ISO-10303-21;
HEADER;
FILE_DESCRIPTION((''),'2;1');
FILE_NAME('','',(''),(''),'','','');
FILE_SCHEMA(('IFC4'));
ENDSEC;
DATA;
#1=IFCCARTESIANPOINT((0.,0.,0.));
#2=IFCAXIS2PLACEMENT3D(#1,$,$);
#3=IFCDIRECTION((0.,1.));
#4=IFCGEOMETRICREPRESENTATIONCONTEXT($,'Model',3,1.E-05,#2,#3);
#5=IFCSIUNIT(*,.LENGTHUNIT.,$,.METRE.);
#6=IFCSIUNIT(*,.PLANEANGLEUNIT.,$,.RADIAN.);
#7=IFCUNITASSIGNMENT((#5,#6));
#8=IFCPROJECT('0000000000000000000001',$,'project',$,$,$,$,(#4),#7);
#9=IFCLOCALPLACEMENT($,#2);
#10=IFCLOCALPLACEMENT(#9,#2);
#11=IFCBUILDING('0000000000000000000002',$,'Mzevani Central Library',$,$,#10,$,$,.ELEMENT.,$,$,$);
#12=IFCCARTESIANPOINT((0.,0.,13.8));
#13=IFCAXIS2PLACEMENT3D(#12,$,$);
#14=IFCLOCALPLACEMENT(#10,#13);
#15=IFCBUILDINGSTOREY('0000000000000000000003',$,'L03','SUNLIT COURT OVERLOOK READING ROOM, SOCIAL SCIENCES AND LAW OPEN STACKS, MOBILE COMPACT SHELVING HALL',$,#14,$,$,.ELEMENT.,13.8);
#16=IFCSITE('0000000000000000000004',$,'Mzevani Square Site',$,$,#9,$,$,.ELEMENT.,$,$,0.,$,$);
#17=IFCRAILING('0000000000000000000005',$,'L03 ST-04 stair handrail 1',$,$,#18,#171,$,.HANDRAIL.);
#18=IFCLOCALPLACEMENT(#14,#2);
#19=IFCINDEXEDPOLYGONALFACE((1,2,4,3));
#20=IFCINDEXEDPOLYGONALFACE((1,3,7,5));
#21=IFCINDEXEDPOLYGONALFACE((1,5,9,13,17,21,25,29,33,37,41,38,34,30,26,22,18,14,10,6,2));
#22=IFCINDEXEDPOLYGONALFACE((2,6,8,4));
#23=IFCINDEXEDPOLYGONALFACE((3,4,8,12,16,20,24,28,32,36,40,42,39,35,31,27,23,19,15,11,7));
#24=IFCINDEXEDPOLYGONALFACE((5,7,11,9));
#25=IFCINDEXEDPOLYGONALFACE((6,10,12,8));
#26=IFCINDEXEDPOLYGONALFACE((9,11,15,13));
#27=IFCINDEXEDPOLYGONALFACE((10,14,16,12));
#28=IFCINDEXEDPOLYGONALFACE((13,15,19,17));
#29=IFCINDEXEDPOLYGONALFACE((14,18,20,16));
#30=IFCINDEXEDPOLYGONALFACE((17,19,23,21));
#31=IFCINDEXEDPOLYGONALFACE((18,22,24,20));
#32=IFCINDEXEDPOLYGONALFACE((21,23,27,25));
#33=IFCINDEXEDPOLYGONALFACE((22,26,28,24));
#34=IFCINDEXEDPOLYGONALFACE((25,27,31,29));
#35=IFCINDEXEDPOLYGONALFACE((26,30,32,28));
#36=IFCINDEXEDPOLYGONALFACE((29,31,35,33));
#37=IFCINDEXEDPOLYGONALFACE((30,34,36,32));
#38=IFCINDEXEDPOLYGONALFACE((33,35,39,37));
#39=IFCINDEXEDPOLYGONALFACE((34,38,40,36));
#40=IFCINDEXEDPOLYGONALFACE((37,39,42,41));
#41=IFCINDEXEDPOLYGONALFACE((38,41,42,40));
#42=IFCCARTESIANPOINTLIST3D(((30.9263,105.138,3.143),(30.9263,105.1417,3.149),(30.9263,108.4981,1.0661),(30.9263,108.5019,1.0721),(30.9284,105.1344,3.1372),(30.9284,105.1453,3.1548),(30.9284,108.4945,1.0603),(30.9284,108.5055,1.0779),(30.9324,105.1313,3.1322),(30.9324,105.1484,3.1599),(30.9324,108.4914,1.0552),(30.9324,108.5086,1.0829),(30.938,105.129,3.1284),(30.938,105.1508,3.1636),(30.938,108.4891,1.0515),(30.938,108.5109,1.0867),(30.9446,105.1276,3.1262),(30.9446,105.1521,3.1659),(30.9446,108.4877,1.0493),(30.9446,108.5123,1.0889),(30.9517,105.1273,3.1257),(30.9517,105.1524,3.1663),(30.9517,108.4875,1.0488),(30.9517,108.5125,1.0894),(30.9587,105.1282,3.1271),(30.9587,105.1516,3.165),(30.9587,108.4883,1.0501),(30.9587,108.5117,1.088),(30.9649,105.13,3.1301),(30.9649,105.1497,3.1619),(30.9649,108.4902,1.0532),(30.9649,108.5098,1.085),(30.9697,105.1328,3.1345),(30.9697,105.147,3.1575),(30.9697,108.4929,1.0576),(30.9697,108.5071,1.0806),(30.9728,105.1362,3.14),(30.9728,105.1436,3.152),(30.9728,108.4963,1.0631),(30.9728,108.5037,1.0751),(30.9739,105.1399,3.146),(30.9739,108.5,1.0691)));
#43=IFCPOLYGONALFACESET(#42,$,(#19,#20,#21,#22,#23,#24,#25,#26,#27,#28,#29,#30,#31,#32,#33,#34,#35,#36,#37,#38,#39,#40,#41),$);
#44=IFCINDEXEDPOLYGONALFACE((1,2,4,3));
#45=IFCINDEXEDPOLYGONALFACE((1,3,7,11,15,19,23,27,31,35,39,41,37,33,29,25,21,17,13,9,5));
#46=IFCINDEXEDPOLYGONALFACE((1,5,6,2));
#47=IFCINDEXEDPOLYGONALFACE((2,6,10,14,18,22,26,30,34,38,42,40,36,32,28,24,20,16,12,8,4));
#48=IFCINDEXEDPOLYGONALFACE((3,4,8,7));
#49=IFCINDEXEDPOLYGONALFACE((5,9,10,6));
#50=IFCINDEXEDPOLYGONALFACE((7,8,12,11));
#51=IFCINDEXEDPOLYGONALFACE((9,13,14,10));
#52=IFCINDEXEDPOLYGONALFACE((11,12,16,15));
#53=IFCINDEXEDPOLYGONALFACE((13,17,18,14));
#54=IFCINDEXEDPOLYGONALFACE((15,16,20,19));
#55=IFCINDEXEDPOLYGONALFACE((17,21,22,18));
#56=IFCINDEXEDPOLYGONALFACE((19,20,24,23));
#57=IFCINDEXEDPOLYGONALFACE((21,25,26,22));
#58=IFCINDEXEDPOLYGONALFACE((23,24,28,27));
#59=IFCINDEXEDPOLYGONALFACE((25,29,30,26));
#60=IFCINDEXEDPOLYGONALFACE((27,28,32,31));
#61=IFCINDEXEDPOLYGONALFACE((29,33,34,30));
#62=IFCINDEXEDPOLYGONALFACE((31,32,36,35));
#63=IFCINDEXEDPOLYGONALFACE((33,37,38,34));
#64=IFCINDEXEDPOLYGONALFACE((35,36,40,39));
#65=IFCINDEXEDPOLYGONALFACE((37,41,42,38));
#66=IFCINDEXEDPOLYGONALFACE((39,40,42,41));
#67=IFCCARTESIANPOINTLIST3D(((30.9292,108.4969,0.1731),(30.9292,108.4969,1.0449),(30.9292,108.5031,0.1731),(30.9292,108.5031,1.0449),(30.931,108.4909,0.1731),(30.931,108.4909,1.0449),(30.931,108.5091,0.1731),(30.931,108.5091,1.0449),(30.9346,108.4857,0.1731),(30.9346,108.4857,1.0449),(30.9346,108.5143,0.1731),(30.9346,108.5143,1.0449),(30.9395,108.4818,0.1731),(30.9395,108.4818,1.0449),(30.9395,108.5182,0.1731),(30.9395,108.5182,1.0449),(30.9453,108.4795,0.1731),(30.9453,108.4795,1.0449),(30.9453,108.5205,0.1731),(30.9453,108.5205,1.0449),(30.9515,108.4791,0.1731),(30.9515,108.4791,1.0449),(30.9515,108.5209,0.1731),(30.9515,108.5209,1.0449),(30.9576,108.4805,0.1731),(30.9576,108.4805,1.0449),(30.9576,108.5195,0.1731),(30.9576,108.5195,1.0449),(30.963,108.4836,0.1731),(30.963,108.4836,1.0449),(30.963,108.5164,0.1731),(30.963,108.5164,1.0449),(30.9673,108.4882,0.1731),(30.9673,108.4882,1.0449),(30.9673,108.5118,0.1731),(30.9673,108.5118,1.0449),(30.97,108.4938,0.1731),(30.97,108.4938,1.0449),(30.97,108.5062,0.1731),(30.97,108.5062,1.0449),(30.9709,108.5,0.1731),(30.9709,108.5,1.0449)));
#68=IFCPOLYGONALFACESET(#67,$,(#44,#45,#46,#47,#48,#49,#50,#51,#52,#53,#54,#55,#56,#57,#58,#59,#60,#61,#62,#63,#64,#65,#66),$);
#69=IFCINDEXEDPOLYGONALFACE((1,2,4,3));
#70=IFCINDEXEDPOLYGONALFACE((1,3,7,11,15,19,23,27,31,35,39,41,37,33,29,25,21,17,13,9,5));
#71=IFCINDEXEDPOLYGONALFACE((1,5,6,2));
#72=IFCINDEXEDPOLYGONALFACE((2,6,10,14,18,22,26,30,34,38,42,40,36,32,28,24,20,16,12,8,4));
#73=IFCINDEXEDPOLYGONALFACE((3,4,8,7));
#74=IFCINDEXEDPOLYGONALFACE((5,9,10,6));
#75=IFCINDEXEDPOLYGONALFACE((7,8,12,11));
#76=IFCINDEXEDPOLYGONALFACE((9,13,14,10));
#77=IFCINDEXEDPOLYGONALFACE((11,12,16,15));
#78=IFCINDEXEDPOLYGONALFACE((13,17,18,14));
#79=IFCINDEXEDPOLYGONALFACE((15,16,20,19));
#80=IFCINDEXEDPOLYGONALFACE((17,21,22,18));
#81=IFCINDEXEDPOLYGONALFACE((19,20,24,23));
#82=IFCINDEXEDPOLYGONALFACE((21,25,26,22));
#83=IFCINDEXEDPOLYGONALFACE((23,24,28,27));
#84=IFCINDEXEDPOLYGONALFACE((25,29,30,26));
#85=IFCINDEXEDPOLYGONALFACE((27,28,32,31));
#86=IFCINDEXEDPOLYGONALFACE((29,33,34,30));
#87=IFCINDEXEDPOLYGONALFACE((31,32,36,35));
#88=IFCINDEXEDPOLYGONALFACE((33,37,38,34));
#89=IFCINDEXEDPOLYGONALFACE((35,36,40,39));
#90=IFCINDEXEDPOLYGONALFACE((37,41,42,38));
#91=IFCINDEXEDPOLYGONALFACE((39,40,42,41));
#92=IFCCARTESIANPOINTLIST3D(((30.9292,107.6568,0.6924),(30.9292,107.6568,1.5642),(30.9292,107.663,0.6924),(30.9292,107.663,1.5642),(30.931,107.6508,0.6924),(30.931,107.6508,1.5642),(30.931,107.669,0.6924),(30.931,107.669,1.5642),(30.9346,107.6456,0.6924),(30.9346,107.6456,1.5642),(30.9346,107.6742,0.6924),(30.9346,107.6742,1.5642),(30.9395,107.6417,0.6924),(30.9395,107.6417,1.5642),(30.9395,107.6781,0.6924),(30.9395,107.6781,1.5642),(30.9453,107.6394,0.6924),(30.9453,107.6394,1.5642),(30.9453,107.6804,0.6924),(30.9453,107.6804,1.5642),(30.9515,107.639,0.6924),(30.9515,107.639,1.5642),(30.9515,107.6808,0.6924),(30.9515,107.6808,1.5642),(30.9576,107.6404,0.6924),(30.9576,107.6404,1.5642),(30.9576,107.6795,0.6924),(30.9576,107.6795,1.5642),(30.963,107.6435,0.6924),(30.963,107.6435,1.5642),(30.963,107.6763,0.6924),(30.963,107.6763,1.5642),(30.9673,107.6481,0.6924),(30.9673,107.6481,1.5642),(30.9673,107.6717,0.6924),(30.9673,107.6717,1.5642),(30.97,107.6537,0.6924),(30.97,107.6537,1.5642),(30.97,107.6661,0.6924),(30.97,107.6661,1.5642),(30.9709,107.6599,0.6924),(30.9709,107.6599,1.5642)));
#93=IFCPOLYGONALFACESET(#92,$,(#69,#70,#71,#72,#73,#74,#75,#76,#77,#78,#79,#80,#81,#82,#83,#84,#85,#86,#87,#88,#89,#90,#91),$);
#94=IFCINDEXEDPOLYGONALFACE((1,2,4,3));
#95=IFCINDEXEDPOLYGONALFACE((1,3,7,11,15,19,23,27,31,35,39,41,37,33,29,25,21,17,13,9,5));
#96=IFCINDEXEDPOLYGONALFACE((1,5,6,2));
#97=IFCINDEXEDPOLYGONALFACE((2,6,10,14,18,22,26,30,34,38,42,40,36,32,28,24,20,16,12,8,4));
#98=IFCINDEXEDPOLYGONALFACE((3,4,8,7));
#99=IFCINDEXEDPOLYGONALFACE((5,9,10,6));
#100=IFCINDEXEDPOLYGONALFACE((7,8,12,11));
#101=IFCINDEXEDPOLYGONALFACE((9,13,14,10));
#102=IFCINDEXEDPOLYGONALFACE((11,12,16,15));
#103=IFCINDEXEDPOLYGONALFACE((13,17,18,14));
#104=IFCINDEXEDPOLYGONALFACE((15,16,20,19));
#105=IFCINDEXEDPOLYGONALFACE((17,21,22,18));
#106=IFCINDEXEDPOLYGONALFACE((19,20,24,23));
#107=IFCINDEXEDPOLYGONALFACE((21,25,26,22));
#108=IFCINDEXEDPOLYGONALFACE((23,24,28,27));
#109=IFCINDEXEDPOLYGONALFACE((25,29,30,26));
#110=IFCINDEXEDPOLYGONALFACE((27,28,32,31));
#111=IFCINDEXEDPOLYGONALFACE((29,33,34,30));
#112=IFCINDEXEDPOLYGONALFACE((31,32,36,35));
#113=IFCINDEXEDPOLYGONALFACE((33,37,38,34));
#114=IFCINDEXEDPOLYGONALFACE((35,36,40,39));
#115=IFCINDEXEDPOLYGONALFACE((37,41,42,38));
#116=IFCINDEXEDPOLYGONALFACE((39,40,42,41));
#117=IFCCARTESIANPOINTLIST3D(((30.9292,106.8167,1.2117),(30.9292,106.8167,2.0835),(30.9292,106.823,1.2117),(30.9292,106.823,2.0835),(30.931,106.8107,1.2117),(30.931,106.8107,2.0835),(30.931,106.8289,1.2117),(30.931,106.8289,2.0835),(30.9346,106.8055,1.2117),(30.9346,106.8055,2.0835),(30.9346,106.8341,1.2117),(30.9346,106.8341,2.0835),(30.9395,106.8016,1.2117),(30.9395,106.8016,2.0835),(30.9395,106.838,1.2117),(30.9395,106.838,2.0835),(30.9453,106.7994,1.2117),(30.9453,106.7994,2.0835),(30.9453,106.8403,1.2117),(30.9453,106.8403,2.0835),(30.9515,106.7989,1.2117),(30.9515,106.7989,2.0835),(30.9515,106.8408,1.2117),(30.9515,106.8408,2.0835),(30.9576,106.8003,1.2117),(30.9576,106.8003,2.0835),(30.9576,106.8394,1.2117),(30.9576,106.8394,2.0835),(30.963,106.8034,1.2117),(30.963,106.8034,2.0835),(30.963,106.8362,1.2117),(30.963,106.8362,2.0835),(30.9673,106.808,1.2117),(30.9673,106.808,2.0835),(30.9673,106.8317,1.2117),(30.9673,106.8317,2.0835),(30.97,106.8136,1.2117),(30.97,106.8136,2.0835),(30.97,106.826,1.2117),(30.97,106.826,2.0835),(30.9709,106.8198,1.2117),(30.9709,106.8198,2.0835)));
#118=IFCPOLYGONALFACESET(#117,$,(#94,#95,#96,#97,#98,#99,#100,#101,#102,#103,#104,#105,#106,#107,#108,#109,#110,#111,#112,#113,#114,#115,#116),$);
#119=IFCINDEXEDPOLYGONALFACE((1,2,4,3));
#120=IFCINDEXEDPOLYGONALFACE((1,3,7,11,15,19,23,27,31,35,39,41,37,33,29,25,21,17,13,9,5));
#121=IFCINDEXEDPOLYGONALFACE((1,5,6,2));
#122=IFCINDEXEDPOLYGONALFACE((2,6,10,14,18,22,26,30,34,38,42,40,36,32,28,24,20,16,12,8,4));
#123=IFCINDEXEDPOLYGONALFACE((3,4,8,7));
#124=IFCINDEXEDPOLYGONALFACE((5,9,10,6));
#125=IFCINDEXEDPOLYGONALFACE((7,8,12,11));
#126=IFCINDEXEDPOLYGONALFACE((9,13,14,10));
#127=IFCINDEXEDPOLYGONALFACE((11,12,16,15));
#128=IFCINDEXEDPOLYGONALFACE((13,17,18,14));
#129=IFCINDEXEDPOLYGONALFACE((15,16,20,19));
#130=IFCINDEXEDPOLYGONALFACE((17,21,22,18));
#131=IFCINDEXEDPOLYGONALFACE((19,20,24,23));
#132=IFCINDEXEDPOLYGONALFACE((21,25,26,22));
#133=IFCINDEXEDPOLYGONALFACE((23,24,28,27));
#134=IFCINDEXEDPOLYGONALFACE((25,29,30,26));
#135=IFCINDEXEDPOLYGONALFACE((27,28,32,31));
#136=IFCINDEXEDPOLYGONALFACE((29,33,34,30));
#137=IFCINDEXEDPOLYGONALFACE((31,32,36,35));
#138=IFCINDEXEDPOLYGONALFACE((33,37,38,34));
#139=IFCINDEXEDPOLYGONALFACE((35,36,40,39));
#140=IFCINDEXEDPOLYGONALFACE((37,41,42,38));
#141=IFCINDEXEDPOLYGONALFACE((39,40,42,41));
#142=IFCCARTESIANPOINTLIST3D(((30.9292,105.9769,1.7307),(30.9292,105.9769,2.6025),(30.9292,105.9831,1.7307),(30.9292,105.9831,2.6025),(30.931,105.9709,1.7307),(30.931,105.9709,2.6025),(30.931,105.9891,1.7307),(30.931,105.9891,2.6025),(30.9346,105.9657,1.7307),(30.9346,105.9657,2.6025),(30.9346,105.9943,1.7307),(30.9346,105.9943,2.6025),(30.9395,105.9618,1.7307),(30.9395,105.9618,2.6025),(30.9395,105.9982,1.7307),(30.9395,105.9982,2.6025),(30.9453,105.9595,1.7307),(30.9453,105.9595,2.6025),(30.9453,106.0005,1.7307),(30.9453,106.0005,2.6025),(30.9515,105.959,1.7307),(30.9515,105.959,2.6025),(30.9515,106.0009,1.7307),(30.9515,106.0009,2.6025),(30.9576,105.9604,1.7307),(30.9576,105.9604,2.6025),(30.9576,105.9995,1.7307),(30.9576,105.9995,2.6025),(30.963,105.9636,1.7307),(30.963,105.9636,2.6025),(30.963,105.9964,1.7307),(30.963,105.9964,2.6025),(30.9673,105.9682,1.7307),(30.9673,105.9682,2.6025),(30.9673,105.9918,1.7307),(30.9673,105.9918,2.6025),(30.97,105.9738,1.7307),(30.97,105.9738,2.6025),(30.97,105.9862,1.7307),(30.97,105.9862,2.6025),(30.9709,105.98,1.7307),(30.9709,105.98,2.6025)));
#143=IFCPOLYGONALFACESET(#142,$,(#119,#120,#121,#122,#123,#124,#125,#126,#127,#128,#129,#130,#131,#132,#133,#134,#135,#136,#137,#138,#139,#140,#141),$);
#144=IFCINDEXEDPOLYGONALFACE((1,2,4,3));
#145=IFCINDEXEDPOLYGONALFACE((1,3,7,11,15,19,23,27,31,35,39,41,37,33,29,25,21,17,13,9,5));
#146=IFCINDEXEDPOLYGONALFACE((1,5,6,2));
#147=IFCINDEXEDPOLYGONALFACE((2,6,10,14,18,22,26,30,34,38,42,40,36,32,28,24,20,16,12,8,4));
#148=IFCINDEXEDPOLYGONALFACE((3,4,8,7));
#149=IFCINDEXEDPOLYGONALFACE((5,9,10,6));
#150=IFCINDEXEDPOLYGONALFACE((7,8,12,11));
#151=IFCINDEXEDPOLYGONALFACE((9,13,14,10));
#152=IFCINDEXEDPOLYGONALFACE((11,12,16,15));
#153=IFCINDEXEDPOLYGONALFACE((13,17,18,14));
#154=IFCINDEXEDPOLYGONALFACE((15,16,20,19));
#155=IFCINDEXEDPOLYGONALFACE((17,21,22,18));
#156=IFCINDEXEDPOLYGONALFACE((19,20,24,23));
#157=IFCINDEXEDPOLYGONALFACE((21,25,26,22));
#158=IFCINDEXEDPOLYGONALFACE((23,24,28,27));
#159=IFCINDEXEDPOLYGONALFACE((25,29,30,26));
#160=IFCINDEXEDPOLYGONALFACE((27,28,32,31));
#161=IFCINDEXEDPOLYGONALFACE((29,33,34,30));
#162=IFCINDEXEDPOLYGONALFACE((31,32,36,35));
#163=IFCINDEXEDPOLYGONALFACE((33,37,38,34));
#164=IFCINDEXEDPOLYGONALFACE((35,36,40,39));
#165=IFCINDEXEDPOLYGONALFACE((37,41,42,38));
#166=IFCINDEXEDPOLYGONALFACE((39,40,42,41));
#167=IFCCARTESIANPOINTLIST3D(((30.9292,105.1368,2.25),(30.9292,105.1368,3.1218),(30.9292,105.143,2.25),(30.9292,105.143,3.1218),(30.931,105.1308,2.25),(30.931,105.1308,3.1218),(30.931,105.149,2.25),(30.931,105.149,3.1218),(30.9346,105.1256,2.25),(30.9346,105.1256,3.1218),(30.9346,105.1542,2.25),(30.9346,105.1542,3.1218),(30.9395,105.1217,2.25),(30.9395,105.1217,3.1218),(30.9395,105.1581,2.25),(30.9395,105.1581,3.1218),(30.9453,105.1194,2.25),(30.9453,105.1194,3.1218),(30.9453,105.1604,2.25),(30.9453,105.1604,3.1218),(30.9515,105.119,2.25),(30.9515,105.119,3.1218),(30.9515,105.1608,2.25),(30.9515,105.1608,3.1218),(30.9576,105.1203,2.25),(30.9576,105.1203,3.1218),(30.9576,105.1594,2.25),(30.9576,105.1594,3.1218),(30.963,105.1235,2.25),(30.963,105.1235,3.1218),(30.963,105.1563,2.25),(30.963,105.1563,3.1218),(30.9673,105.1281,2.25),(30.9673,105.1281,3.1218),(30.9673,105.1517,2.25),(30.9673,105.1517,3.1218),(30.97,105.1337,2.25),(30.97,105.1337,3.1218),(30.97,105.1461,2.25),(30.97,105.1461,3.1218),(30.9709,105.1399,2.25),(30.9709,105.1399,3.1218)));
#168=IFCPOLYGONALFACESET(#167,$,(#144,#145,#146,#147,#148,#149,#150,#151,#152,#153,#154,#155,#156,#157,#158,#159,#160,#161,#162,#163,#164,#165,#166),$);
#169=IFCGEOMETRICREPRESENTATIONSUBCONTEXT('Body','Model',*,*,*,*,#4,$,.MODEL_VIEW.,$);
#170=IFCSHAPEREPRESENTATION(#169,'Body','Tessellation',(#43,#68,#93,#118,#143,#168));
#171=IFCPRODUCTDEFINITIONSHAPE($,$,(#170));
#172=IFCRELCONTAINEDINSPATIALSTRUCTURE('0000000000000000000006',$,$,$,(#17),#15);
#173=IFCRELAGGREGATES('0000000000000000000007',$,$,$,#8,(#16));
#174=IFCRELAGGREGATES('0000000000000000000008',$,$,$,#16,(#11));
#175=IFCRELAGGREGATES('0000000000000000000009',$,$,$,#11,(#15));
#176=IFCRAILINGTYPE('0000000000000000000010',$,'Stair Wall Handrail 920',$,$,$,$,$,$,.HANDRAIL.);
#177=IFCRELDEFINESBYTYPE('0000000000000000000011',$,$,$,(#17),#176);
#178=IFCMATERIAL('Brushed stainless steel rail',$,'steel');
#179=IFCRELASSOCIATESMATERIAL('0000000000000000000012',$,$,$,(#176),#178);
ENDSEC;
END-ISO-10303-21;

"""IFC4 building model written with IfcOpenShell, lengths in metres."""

from ifc_helpers import new_model, si_unit, direction, frame, origin, origin_2d, place, context, subcontext, project, spatial, circle, extrude, material, type_object, element, save


model = new_model("IFC4")

# Units and contexts
model_context = context("Model", 3, precision=1e-05, world=origin(), true_north=direction((0.0, 1.0)))
body_context = subcontext(model_context, "Body", "Model", "MODEL_VIEW")
ifc_project = project(units=[si_unit("LENGTHUNIT", "METRE"), si_unit("PLANEANGLEUNIT", "RADIAN")], contexts=[model_context])

# Site, building, storey
site_placement = place(None, origin())
site = spatial("IfcSite", under=ifc_project, at=site_placement, Name="Mzevani Square Site", CompositionType="ELEMENT", RefElevation=0.0)
building_placement = place(site_placement, origin())
building = spatial("IfcBuilding", under=site, at=building_placement, Name="Mzevani Central Library", CompositionType="ELEMENT")
storey_placement = place(building_placement, frame((0.0, 0.0, 13.8)))
storey = spatial("IfcBuildingStorey", under=building, at=storey_placement, Name="L03", Description="SUNLIT COURT OVERLOOK READING ROOM, SOCIAL SCIENCES AND LAW OPEN STACKS, MOBILE COMPACT SHELVING HALL", CompositionType="ELEMENT", Elevation=13.8)

# Railing
ifc_material_1 = material(Name="Brushed stainless steel rail", Category="steel")
railing_type_1 = type_object("IfcRailingType", Name="Stair Wall Handrail 920", PredefinedType="HANDRAIL", material=ifc_material_1)
railing_1_placement = place(storey_placement, frame((30.95, 108.5, 0.1731)))
element("IfcRailing", 1, at=railing_1_placement, inside=storey, type_object=railing_type_1, Name="L03 ST-04 stair handrail 1", PredefinedType="HANDRAIL", context=body_context, shape_type="SweptSolid", body=[
    extrude(circle(Radius=0.0239, at=origin_2d()), frame((0.0, 0.0, 0.896), z_axis=(0.0, -0.850623, 0.525776), x_axis=(1.0, 0.0, 0.0)), (0.0, 0.0, 1.0), 3.9502),
    extrude(circle(Radius=0.021, at=origin_2d()), origin(), (0.0, 0.0, 1.0), 0.8718),
    extrude(circle(Radius=0.021, at=origin_2d()), frame((0.0, -0.8401, 0.5193)), (0.0, 0.0, 1.0), 0.8718),
    extrude(circle(Radius=0.021, at=origin_2d()), frame((0.0, -1.6802, 1.0386)), (0.0, 0.0, 1.0), 0.8718),
    extrude(circle(Radius=0.021, at=origin_2d()), frame((0.0, -2.52, 1.5576)), (0.0, 0.0, 1.0), 0.8718),
    extrude(circle(Radius=0.021, at=origin_2d()), frame((0.0, -3.3601, 2.0769)), (0.0, 0.0, 1.0), 0.8718),
])

save(model, "model.ifc")
